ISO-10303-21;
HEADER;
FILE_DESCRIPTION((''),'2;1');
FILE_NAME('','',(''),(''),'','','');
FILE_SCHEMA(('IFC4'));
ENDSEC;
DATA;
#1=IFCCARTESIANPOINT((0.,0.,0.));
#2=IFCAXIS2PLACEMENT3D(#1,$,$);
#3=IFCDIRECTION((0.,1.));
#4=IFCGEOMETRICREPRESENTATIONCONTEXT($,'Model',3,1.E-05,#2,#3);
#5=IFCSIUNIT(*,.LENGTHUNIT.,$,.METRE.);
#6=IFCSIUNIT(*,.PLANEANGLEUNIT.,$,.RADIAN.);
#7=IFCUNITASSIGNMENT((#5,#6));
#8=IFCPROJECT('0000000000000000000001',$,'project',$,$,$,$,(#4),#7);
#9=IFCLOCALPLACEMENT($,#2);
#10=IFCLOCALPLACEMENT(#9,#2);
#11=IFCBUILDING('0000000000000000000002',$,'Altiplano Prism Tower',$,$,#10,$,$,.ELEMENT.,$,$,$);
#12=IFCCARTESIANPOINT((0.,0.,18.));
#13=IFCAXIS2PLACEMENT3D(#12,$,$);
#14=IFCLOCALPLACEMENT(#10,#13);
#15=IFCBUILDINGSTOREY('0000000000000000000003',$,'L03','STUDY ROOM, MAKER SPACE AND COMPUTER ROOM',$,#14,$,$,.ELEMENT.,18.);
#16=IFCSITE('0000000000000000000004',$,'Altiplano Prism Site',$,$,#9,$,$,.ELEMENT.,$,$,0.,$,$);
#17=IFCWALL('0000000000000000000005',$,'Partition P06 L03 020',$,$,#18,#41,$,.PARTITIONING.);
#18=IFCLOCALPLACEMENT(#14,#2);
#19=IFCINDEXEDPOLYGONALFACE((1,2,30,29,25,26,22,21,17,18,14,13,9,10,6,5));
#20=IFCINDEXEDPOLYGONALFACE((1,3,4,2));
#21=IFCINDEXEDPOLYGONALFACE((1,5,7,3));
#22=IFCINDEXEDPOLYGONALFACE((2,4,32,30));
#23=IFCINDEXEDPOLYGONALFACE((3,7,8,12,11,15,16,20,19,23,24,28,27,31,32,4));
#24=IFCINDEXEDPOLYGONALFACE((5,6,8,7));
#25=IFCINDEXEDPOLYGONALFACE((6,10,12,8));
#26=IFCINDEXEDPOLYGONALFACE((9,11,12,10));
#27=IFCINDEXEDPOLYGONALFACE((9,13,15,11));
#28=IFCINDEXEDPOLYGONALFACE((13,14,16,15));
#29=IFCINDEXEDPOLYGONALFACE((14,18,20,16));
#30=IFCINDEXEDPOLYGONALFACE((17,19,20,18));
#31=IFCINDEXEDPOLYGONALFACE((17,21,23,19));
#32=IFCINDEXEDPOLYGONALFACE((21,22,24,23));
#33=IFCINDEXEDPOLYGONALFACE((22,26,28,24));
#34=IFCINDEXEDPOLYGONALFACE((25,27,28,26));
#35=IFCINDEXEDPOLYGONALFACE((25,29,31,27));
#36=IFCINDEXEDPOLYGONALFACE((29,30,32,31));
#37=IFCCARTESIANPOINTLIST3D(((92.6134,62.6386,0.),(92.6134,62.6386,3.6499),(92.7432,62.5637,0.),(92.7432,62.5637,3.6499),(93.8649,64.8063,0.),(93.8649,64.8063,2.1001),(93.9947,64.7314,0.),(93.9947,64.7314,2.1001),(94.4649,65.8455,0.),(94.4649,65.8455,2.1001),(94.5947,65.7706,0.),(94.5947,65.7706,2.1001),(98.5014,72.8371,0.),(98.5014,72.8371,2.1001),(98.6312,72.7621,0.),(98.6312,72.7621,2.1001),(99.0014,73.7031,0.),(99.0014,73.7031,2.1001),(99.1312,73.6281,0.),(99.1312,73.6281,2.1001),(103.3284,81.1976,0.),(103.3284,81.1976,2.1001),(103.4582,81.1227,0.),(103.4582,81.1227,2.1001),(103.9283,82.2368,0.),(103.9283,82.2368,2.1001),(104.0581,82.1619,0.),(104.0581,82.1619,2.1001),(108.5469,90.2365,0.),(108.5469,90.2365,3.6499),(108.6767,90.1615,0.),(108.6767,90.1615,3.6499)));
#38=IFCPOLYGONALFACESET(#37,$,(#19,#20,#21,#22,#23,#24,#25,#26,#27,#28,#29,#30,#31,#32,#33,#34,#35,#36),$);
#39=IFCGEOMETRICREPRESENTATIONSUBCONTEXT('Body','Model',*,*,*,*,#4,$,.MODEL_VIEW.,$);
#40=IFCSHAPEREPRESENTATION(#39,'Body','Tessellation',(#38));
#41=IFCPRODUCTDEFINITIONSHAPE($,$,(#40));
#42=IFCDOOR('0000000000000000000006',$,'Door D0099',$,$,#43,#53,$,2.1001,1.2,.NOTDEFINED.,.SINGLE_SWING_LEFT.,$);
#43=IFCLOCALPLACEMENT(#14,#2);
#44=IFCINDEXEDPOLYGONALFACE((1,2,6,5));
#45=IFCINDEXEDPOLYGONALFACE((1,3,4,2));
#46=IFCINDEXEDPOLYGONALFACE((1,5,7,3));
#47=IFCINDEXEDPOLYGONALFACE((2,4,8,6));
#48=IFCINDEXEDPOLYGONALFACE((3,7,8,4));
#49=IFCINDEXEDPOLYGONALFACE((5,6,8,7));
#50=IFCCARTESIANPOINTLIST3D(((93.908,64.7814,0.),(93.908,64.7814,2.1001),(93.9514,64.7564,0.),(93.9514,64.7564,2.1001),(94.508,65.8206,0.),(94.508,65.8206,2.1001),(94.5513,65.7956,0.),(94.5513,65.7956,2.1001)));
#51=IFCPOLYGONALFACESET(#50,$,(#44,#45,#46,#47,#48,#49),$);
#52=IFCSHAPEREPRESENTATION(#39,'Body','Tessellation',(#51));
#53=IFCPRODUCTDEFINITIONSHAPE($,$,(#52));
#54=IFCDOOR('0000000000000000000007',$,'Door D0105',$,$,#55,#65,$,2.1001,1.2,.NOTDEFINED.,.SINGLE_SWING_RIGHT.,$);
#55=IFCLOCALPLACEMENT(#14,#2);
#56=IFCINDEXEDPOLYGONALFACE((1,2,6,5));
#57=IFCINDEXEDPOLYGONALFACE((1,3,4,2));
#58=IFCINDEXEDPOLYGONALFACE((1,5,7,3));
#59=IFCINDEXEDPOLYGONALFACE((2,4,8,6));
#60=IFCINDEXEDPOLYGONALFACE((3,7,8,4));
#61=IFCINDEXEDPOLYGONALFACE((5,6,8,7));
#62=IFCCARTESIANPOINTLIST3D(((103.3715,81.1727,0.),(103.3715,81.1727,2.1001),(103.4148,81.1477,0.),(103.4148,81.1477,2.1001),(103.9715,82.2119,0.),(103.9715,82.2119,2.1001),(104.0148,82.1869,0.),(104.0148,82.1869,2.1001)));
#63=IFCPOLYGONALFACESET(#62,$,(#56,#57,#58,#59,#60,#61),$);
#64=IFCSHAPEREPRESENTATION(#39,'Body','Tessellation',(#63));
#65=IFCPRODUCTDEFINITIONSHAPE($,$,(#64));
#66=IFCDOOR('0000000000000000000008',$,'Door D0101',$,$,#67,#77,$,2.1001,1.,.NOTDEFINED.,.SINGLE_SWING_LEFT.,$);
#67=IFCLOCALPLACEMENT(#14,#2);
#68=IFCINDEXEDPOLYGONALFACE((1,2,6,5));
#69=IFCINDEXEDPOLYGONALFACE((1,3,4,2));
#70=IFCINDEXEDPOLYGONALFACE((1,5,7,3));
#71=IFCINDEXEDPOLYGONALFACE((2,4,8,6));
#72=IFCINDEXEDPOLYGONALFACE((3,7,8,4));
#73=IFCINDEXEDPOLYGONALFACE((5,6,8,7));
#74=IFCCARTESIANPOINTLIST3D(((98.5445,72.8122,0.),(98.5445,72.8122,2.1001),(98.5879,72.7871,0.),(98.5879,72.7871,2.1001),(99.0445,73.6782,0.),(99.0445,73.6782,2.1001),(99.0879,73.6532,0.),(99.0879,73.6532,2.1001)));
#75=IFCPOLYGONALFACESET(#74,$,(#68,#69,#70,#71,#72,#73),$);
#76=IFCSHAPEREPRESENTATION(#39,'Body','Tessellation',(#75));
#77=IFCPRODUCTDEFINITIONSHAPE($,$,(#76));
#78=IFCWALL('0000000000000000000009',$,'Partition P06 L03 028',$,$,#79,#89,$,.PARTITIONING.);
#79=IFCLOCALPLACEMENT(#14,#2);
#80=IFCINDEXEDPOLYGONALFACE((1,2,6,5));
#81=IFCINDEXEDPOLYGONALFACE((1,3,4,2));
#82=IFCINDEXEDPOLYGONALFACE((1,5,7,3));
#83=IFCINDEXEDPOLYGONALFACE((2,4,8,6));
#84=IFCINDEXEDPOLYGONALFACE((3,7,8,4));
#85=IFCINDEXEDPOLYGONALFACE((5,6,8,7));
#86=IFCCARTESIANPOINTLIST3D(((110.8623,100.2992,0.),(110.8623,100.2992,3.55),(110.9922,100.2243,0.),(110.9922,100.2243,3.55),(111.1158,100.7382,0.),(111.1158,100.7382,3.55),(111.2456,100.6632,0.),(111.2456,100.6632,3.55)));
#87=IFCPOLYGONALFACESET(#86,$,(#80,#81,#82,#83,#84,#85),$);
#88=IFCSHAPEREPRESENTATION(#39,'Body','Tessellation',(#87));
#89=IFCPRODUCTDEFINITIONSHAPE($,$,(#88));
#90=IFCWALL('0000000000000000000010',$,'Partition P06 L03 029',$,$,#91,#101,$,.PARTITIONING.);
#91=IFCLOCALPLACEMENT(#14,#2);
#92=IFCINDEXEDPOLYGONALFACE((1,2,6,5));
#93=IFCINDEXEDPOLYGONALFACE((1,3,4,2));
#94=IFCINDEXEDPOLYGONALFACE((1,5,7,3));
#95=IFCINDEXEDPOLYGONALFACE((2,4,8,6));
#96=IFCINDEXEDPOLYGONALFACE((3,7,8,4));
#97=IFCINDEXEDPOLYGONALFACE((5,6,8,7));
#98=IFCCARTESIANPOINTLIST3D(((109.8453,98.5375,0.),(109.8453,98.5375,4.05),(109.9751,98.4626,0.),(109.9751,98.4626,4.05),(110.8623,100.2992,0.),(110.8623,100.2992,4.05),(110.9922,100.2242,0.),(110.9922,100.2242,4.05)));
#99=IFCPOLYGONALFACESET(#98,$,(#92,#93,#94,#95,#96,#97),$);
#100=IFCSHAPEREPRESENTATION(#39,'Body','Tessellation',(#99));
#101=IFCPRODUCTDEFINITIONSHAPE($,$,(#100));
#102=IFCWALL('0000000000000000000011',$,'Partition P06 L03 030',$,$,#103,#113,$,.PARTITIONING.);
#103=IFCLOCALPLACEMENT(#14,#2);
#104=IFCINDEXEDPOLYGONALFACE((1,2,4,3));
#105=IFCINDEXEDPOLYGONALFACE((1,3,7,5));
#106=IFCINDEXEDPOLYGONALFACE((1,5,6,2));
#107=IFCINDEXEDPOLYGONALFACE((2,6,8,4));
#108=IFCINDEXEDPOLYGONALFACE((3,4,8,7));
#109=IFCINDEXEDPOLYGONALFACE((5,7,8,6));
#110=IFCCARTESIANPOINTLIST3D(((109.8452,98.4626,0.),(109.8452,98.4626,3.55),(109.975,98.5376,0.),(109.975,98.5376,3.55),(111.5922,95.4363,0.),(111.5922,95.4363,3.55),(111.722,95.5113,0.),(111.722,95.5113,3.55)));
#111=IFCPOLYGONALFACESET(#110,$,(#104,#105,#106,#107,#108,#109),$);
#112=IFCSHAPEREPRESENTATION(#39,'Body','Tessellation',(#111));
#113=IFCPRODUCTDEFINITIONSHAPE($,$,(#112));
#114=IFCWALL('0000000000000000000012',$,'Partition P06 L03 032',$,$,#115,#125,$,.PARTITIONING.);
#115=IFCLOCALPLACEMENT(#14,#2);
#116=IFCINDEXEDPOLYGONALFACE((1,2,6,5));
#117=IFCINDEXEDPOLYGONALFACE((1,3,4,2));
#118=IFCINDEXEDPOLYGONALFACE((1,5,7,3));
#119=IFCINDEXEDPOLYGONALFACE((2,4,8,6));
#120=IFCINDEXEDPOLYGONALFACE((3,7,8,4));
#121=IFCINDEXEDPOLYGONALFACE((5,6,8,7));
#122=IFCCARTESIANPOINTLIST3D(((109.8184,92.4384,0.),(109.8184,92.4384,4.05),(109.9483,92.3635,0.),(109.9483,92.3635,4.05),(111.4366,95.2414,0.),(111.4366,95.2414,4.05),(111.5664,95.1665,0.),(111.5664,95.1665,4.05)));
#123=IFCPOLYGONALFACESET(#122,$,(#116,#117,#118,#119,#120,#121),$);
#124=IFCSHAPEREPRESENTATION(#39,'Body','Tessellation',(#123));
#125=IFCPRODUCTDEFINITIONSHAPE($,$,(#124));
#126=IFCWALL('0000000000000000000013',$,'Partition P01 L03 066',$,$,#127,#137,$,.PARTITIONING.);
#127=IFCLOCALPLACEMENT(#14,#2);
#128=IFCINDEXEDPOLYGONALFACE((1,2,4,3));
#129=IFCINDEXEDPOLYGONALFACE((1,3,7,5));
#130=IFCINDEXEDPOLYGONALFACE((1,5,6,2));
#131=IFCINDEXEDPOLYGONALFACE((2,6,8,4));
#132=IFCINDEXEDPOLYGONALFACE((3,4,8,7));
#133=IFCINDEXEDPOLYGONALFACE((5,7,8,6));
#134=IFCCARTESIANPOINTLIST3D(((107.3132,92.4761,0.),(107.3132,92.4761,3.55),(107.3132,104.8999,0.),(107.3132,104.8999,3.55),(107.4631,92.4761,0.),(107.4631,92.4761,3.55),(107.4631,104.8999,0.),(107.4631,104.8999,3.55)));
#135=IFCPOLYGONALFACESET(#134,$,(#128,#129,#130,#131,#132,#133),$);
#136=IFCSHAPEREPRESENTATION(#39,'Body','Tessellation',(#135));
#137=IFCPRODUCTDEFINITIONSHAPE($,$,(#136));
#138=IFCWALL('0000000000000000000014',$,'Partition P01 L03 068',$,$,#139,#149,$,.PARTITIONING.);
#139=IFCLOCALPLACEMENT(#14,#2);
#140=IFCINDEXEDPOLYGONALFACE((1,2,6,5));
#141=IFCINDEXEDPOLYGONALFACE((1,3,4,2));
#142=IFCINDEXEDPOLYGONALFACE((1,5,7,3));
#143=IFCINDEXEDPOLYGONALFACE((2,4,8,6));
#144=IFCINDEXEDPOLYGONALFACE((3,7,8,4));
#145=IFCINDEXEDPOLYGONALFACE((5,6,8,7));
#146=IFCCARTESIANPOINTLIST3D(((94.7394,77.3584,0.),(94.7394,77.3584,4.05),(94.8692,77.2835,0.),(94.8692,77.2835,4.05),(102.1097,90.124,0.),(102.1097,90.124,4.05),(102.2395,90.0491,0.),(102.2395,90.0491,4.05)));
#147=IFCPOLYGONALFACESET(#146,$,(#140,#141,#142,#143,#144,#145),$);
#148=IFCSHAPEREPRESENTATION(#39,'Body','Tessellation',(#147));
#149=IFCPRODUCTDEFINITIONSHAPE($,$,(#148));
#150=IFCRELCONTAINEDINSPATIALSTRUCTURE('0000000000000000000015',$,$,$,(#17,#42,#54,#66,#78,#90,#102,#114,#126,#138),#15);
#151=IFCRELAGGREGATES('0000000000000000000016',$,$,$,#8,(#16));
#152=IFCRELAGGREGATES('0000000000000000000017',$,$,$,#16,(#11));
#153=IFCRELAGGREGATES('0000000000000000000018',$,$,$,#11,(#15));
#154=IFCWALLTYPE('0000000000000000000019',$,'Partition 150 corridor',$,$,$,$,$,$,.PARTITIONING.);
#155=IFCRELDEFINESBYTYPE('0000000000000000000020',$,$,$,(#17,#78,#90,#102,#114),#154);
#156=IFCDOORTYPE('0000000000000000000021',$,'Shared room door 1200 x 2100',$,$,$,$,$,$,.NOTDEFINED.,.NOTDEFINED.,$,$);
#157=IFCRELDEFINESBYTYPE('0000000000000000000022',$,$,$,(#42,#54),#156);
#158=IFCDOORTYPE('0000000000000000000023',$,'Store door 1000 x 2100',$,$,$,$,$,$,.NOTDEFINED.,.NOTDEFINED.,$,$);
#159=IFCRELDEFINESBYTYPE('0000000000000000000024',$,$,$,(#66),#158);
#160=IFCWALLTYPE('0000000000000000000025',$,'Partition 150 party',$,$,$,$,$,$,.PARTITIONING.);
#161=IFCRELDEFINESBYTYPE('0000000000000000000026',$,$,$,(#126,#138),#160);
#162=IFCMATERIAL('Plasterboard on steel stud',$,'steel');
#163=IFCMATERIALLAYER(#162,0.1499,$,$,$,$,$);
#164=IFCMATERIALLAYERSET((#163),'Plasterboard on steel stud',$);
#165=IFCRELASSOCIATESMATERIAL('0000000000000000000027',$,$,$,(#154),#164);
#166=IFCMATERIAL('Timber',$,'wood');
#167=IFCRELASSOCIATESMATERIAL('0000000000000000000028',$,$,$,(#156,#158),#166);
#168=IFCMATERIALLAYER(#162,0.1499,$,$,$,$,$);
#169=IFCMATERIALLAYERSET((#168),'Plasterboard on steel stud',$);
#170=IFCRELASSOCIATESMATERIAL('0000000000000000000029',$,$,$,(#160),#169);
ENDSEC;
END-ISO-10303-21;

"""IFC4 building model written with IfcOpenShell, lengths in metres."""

from ifc_helpers import new_model, si_unit, direction, frame, frame_2d, origin, place, context, subcontext, project, spatial, rectangle, extrude, material, layer, layer_set, type_object, element, fill, save


model = new_model("IFC4")

# Units and contexts
model_context = context("Model", 3, precision=1e-05, world=origin(), true_north=direction((0.0, 1.0)))
body_context = subcontext(model_context, "Body", "Model", "MODEL_VIEW")
ifc_project = project(units=[si_unit("LENGTHUNIT", "METRE"), si_unit("PLANEANGLEUNIT", "RADIAN")], contexts=[model_context])

# Site, building, storey
site_placement = place(None, origin())
site = spatial("IfcSite", under=ifc_project, at=site_placement, Name="Altiplano Prism Site", CompositionType="ELEMENT", RefElevation=0.0)
building_placement = place(site_placement, origin())
building = spatial("IfcBuilding", under=site, at=building_placement, Name="Altiplano Prism Tower", CompositionType="ELEMENT")
storey_placement = place(building_placement, frame((0.0, 0.0, 18.0)))
storey = spatial("IfcBuildingStorey", under=building, at=storey_placement, Name="L03", Description="STUDY ROOM, MAKER SPACE AND COMPUTER ROOM", CompositionType="ELEMENT", Elevation=18.0)

# Shared definitions
ifc_material_1 = material(Name="Plasterboard on steel stud", Category="steel")
ifc_layer_1 = layer(ifc_material_1, 0.1499)
ifc_layer_set_1 = layer_set([ifc_layer_1], Name="Plasterboard on steel stud")
wall_type_1 = type_object("IfcWallType", Name="Partition 150 corridor", PredefinedType="PARTITIONING", material=ifc_layer_set_1)
ifc_material_2 = material(Name="Timber", Category="wood")
door_type_1 = type_object("IfcDoorType", Name="Shared room door 1200 x 2100", OperationType="NOTDEFINED", PredefinedType="NOTDEFINED", material=ifc_material_2)

# Wall, openings, doors
wall_1_placement = place(storey_placement, frame((108.6118, 90.199, 0.0), z_axis=(0.0, 0.0, 1.0), x_axis=(-0.499999, -0.866026, 0.0)))
wall_1 = element("IfcWall", 1, at=wall_1_placement, inside=storey, type_object=wall_type_1, Name="Partition P06 L03 020", PredefinedType="PARTITIONING", context=body_context, shape_type="SweptSolid", body=[
    extrude(rectangle(XDim=31.8672, YDim=0.1499, at=frame_2d((15.9336, 0.0))), origin(), (0.0, 0.0, 1.0), 3.6499),
])
opening_1_placement = place(wall_1_placement, frame((28.1641, 0.0, 0.0)))
opening_1 = element("IfcOpeningElement", 2, at=opening_1_placement, cuts=wall_1, PredefinedType="OPENING", context=body_context, shape_type="SweptSolid", body=[
    extrude(rectangle(XDim=1.2, YDim=2.1001, at=frame_2d((0.6001, 1.05))), frame((0.0, 0.0854, 0.0), z_axis=(0.0, -1.0, 0.0), x_axis=(1.0, 0.0, 0.0)), (0.0, 0.0, 1.0), 0.1709),
])
opening_2_placement = place(wall_1_placement, frame((19.0911, 0.0, 0.0)))
opening_2 = element("IfcOpeningElement", 3, at=opening_2_placement, cuts=wall_1, PredefinedType="OPENING", context=body_context, shape_type="SweptSolid", body=[
    extrude(rectangle(XDim=1.0, YDim=2.1001, at=frame_2d((0.5, 1.05))), frame((0.0, 0.0854, 0.0), z_axis=(0.0, -1.0, 0.0), x_axis=(1.0, 0.0, 0.0)), (0.0, 0.0, 1.0), 0.1709),
])
opening_3_placement = place(wall_1_placement, frame((9.2371, 0.0, 0.0)))
opening_3 = element("IfcOpeningElement", 4, at=opening_3_placement, cuts=wall_1, PredefinedType="OPENING", context=body_context, shape_type="SweptSolid", body=[
    extrude(rectangle(XDim=1.2, YDim=2.1001, at=frame_2d((0.6001, 1.05))), frame((0.0, 0.0854, 0.0), z_axis=(0.0, -1.0, 0.0), x_axis=(1.0, 0.0, 0.0)), (0.0, 0.0, 1.0), 0.1709),
])
door_1_placement = place(opening_1_placement, origin())
door_1 = element("IfcDoor", 5, at=door_1_placement, inside=storey, type_object=door_type_1, Name="Door D0099", OperationType="SINGLE_SWING_LEFT", OverallHeight=2.1001, OverallWidth=1.2, PredefinedType="NOTDEFINED", context=body_context, shape_type="SweptSolid", body=[
    extrude(rectangle(XDim=1.2, YDim=2.1001, at=frame_2d((0.6001, 1.05))), frame((0.0, 0.0249, 0.0), z_axis=(0.0, -1.0, 0.0), x_axis=(1.0, 0.0, 0.0)), (0.0, 0.0, 1.0), 0.05),
])
fill(opening_1, door_1)
door_2_placement = place(opening_3_placement, origin())
door_2 = element("IfcDoor", 6, at=door_2_placement, inside=storey, type_object=door_type_1, Name="Door D0105", OperationType="SINGLE_SWING_RIGHT", OverallHeight=2.1001, OverallWidth=1.2, PredefinedType="NOTDEFINED", context=body_context, shape_type="SweptSolid", body=[
    extrude(rectangle(XDim=1.2, YDim=2.1001, at=frame_2d((0.6001, 1.05))), frame((0.0, 0.0249, 0.0), z_axis=(0.0, -1.0, 0.0), x_axis=(1.0, 0.0, 0.0)), (0.0, 0.0, 1.0), 0.05),
])
fill(opening_3, door_2)
door_type_2 = type_object("IfcDoorType", Name="Store door 1000 x 2100", OperationType="NOTDEFINED", PredefinedType="NOTDEFINED", material=ifc_material_2)
door_3_placement = place(opening_2_placement, origin())
door_3 = element("IfcDoor", 7, at=door_3_placement, inside=storey, type_object=door_type_2, Name="Door D0101", OperationType="SINGLE_SWING_LEFT", OverallHeight=2.1001, OverallWidth=1.0, PredefinedType="NOTDEFINED", context=body_context, shape_type="SweptSolid", body=[
    extrude(rectangle(XDim=1.0, YDim=2.1001, at=frame_2d((0.5, 1.05))), frame((0.0, 0.0249, 0.0), z_axis=(0.0, -1.0, 0.0), x_axis=(1.0, 0.0, 0.0)), (0.0, 0.0, 1.0), 0.05),
])
fill(opening_2, door_3)

# Walls
wall_2_placement = place(storey_placement, frame((111.1807, 100.7007, 0.0), z_axis=(0.0, 0.0, 1.0), x_axis=(-0.499973, -0.866041, 0.0)))
element("IfcWall", 8, at=wall_2_placement, inside=storey, type_object=wall_type_1, Name="Partition P06 L03 028", PredefinedType="PARTITIONING", context=body_context, shape_type="SweptSolid", body=[
    extrude(rectangle(XDim=0.5068, YDim=0.1499, at=frame_2d((0.2534, 0.0))), origin(), (0.0, 0.0, 1.0), 3.55),
])
wall_3_placement = place(storey_placement, frame((110.9272, 100.2617, 0.0), z_axis=(0.0, 0.0, 1.0), x_axis=(-0.499986, -0.866034, 0.0)))
element("IfcWall", 9, at=wall_3_placement, inside=storey, type_object=wall_type_1, Name="Partition P06 L03 029", PredefinedType="PARTITIONING", context=body_context, shape_type="SweptSolid", body=[
    extrude(rectangle(XDim=2.0342, YDim=0.1499, at=frame_2d((1.0171, 0.0))), origin(), (0.0, 0.0, 1.0), 4.05),
])
wall_4_placement = place(storey_placement, frame((109.9102, 98.5, 0.0), z_axis=(0.0, 0.0, 1.0), x_axis=(0.499956, -0.866051, 0.0)))
element("IfcWall", 10, at=wall_4_placement, inside=storey, type_object=wall_type_1, Name="Partition P06 L03 030", PredefinedType="PARTITIONING", context=body_context, shape_type="SweptSolid", body=[
    extrude(rectangle(XDim=3.4944, YDim=0.1499, at=frame_2d((1.7471, 0.0))), origin(), (0.0, 0.0, 1.0), 3.55),
])
wall_5_placement = place(storey_placement, frame((111.5015, 95.2039, 0.0), z_axis=(0.0, 0.0, 1.0), x_axis=(-0.499968, -0.866044, 0.0)))
element("IfcWall", 11, at=wall_5_placement, inside=storey, type_object=wall_type_1, Name="Partition P06 L03 032", PredefinedType="PARTITIONING", context=body_context, shape_type="SweptSolid", body=[
    extrude(rectangle(XDim=3.2366, YDim=0.1499, at=frame_2d((1.6182, 0.0))), origin(), (0.0, 0.0, 1.0), 4.05),
])
ifc_layer_2 = layer(ifc_material_1, 0.1499)
ifc_layer_set_2 = layer_set([ifc_layer_2], Name="Plasterboard on steel stud")
wall_type_2 = type_object("IfcWallType", Name="Partition 150 party", PredefinedType="PARTITIONING", material=ifc_layer_set_2)
wall_6_placement = place(storey_placement, frame((107.3882, 92.4761, 0.0), z_axis=(0.0, 0.0, 1.0), x_axis=(0.0, 1.0, 0.0)))
element("IfcWall", 12, at=wall_6_placement, inside=storey, type_object=wall_type_2, Name="Partition P01 L03 066", PredefinedType="PARTITIONING", context=body_context, shape_type="SweptSolid", body=[
    extrude(rectangle(XDim=12.4238, YDim=0.1499, at=frame_2d((6.2119, 0.0))), origin(), (0.0, 0.0, 1.0), 3.55),
])
wall_7_placement = place(storey_placement, frame((102.1746, 90.0864, 0.0), z_axis=(0.0, 0.0, 1.0), x_axis=(-0.500006, -0.866022, 0.0)))
element("IfcWall", 13, at=wall_7_placement, inside=storey, type_object=wall_type_2, Name="Partition P01 L03 068", PredefinedType="PARTITIONING", context=body_context, shape_type="SweptSolid", body=[
    extrude(rectangle(XDim=14.7405, YDim=0.1499, at=frame_2d((7.3701, 0.0))), origin(), (0.0, 0.0, 1.0), 4.05),
])

save(model, "model.ifc")
